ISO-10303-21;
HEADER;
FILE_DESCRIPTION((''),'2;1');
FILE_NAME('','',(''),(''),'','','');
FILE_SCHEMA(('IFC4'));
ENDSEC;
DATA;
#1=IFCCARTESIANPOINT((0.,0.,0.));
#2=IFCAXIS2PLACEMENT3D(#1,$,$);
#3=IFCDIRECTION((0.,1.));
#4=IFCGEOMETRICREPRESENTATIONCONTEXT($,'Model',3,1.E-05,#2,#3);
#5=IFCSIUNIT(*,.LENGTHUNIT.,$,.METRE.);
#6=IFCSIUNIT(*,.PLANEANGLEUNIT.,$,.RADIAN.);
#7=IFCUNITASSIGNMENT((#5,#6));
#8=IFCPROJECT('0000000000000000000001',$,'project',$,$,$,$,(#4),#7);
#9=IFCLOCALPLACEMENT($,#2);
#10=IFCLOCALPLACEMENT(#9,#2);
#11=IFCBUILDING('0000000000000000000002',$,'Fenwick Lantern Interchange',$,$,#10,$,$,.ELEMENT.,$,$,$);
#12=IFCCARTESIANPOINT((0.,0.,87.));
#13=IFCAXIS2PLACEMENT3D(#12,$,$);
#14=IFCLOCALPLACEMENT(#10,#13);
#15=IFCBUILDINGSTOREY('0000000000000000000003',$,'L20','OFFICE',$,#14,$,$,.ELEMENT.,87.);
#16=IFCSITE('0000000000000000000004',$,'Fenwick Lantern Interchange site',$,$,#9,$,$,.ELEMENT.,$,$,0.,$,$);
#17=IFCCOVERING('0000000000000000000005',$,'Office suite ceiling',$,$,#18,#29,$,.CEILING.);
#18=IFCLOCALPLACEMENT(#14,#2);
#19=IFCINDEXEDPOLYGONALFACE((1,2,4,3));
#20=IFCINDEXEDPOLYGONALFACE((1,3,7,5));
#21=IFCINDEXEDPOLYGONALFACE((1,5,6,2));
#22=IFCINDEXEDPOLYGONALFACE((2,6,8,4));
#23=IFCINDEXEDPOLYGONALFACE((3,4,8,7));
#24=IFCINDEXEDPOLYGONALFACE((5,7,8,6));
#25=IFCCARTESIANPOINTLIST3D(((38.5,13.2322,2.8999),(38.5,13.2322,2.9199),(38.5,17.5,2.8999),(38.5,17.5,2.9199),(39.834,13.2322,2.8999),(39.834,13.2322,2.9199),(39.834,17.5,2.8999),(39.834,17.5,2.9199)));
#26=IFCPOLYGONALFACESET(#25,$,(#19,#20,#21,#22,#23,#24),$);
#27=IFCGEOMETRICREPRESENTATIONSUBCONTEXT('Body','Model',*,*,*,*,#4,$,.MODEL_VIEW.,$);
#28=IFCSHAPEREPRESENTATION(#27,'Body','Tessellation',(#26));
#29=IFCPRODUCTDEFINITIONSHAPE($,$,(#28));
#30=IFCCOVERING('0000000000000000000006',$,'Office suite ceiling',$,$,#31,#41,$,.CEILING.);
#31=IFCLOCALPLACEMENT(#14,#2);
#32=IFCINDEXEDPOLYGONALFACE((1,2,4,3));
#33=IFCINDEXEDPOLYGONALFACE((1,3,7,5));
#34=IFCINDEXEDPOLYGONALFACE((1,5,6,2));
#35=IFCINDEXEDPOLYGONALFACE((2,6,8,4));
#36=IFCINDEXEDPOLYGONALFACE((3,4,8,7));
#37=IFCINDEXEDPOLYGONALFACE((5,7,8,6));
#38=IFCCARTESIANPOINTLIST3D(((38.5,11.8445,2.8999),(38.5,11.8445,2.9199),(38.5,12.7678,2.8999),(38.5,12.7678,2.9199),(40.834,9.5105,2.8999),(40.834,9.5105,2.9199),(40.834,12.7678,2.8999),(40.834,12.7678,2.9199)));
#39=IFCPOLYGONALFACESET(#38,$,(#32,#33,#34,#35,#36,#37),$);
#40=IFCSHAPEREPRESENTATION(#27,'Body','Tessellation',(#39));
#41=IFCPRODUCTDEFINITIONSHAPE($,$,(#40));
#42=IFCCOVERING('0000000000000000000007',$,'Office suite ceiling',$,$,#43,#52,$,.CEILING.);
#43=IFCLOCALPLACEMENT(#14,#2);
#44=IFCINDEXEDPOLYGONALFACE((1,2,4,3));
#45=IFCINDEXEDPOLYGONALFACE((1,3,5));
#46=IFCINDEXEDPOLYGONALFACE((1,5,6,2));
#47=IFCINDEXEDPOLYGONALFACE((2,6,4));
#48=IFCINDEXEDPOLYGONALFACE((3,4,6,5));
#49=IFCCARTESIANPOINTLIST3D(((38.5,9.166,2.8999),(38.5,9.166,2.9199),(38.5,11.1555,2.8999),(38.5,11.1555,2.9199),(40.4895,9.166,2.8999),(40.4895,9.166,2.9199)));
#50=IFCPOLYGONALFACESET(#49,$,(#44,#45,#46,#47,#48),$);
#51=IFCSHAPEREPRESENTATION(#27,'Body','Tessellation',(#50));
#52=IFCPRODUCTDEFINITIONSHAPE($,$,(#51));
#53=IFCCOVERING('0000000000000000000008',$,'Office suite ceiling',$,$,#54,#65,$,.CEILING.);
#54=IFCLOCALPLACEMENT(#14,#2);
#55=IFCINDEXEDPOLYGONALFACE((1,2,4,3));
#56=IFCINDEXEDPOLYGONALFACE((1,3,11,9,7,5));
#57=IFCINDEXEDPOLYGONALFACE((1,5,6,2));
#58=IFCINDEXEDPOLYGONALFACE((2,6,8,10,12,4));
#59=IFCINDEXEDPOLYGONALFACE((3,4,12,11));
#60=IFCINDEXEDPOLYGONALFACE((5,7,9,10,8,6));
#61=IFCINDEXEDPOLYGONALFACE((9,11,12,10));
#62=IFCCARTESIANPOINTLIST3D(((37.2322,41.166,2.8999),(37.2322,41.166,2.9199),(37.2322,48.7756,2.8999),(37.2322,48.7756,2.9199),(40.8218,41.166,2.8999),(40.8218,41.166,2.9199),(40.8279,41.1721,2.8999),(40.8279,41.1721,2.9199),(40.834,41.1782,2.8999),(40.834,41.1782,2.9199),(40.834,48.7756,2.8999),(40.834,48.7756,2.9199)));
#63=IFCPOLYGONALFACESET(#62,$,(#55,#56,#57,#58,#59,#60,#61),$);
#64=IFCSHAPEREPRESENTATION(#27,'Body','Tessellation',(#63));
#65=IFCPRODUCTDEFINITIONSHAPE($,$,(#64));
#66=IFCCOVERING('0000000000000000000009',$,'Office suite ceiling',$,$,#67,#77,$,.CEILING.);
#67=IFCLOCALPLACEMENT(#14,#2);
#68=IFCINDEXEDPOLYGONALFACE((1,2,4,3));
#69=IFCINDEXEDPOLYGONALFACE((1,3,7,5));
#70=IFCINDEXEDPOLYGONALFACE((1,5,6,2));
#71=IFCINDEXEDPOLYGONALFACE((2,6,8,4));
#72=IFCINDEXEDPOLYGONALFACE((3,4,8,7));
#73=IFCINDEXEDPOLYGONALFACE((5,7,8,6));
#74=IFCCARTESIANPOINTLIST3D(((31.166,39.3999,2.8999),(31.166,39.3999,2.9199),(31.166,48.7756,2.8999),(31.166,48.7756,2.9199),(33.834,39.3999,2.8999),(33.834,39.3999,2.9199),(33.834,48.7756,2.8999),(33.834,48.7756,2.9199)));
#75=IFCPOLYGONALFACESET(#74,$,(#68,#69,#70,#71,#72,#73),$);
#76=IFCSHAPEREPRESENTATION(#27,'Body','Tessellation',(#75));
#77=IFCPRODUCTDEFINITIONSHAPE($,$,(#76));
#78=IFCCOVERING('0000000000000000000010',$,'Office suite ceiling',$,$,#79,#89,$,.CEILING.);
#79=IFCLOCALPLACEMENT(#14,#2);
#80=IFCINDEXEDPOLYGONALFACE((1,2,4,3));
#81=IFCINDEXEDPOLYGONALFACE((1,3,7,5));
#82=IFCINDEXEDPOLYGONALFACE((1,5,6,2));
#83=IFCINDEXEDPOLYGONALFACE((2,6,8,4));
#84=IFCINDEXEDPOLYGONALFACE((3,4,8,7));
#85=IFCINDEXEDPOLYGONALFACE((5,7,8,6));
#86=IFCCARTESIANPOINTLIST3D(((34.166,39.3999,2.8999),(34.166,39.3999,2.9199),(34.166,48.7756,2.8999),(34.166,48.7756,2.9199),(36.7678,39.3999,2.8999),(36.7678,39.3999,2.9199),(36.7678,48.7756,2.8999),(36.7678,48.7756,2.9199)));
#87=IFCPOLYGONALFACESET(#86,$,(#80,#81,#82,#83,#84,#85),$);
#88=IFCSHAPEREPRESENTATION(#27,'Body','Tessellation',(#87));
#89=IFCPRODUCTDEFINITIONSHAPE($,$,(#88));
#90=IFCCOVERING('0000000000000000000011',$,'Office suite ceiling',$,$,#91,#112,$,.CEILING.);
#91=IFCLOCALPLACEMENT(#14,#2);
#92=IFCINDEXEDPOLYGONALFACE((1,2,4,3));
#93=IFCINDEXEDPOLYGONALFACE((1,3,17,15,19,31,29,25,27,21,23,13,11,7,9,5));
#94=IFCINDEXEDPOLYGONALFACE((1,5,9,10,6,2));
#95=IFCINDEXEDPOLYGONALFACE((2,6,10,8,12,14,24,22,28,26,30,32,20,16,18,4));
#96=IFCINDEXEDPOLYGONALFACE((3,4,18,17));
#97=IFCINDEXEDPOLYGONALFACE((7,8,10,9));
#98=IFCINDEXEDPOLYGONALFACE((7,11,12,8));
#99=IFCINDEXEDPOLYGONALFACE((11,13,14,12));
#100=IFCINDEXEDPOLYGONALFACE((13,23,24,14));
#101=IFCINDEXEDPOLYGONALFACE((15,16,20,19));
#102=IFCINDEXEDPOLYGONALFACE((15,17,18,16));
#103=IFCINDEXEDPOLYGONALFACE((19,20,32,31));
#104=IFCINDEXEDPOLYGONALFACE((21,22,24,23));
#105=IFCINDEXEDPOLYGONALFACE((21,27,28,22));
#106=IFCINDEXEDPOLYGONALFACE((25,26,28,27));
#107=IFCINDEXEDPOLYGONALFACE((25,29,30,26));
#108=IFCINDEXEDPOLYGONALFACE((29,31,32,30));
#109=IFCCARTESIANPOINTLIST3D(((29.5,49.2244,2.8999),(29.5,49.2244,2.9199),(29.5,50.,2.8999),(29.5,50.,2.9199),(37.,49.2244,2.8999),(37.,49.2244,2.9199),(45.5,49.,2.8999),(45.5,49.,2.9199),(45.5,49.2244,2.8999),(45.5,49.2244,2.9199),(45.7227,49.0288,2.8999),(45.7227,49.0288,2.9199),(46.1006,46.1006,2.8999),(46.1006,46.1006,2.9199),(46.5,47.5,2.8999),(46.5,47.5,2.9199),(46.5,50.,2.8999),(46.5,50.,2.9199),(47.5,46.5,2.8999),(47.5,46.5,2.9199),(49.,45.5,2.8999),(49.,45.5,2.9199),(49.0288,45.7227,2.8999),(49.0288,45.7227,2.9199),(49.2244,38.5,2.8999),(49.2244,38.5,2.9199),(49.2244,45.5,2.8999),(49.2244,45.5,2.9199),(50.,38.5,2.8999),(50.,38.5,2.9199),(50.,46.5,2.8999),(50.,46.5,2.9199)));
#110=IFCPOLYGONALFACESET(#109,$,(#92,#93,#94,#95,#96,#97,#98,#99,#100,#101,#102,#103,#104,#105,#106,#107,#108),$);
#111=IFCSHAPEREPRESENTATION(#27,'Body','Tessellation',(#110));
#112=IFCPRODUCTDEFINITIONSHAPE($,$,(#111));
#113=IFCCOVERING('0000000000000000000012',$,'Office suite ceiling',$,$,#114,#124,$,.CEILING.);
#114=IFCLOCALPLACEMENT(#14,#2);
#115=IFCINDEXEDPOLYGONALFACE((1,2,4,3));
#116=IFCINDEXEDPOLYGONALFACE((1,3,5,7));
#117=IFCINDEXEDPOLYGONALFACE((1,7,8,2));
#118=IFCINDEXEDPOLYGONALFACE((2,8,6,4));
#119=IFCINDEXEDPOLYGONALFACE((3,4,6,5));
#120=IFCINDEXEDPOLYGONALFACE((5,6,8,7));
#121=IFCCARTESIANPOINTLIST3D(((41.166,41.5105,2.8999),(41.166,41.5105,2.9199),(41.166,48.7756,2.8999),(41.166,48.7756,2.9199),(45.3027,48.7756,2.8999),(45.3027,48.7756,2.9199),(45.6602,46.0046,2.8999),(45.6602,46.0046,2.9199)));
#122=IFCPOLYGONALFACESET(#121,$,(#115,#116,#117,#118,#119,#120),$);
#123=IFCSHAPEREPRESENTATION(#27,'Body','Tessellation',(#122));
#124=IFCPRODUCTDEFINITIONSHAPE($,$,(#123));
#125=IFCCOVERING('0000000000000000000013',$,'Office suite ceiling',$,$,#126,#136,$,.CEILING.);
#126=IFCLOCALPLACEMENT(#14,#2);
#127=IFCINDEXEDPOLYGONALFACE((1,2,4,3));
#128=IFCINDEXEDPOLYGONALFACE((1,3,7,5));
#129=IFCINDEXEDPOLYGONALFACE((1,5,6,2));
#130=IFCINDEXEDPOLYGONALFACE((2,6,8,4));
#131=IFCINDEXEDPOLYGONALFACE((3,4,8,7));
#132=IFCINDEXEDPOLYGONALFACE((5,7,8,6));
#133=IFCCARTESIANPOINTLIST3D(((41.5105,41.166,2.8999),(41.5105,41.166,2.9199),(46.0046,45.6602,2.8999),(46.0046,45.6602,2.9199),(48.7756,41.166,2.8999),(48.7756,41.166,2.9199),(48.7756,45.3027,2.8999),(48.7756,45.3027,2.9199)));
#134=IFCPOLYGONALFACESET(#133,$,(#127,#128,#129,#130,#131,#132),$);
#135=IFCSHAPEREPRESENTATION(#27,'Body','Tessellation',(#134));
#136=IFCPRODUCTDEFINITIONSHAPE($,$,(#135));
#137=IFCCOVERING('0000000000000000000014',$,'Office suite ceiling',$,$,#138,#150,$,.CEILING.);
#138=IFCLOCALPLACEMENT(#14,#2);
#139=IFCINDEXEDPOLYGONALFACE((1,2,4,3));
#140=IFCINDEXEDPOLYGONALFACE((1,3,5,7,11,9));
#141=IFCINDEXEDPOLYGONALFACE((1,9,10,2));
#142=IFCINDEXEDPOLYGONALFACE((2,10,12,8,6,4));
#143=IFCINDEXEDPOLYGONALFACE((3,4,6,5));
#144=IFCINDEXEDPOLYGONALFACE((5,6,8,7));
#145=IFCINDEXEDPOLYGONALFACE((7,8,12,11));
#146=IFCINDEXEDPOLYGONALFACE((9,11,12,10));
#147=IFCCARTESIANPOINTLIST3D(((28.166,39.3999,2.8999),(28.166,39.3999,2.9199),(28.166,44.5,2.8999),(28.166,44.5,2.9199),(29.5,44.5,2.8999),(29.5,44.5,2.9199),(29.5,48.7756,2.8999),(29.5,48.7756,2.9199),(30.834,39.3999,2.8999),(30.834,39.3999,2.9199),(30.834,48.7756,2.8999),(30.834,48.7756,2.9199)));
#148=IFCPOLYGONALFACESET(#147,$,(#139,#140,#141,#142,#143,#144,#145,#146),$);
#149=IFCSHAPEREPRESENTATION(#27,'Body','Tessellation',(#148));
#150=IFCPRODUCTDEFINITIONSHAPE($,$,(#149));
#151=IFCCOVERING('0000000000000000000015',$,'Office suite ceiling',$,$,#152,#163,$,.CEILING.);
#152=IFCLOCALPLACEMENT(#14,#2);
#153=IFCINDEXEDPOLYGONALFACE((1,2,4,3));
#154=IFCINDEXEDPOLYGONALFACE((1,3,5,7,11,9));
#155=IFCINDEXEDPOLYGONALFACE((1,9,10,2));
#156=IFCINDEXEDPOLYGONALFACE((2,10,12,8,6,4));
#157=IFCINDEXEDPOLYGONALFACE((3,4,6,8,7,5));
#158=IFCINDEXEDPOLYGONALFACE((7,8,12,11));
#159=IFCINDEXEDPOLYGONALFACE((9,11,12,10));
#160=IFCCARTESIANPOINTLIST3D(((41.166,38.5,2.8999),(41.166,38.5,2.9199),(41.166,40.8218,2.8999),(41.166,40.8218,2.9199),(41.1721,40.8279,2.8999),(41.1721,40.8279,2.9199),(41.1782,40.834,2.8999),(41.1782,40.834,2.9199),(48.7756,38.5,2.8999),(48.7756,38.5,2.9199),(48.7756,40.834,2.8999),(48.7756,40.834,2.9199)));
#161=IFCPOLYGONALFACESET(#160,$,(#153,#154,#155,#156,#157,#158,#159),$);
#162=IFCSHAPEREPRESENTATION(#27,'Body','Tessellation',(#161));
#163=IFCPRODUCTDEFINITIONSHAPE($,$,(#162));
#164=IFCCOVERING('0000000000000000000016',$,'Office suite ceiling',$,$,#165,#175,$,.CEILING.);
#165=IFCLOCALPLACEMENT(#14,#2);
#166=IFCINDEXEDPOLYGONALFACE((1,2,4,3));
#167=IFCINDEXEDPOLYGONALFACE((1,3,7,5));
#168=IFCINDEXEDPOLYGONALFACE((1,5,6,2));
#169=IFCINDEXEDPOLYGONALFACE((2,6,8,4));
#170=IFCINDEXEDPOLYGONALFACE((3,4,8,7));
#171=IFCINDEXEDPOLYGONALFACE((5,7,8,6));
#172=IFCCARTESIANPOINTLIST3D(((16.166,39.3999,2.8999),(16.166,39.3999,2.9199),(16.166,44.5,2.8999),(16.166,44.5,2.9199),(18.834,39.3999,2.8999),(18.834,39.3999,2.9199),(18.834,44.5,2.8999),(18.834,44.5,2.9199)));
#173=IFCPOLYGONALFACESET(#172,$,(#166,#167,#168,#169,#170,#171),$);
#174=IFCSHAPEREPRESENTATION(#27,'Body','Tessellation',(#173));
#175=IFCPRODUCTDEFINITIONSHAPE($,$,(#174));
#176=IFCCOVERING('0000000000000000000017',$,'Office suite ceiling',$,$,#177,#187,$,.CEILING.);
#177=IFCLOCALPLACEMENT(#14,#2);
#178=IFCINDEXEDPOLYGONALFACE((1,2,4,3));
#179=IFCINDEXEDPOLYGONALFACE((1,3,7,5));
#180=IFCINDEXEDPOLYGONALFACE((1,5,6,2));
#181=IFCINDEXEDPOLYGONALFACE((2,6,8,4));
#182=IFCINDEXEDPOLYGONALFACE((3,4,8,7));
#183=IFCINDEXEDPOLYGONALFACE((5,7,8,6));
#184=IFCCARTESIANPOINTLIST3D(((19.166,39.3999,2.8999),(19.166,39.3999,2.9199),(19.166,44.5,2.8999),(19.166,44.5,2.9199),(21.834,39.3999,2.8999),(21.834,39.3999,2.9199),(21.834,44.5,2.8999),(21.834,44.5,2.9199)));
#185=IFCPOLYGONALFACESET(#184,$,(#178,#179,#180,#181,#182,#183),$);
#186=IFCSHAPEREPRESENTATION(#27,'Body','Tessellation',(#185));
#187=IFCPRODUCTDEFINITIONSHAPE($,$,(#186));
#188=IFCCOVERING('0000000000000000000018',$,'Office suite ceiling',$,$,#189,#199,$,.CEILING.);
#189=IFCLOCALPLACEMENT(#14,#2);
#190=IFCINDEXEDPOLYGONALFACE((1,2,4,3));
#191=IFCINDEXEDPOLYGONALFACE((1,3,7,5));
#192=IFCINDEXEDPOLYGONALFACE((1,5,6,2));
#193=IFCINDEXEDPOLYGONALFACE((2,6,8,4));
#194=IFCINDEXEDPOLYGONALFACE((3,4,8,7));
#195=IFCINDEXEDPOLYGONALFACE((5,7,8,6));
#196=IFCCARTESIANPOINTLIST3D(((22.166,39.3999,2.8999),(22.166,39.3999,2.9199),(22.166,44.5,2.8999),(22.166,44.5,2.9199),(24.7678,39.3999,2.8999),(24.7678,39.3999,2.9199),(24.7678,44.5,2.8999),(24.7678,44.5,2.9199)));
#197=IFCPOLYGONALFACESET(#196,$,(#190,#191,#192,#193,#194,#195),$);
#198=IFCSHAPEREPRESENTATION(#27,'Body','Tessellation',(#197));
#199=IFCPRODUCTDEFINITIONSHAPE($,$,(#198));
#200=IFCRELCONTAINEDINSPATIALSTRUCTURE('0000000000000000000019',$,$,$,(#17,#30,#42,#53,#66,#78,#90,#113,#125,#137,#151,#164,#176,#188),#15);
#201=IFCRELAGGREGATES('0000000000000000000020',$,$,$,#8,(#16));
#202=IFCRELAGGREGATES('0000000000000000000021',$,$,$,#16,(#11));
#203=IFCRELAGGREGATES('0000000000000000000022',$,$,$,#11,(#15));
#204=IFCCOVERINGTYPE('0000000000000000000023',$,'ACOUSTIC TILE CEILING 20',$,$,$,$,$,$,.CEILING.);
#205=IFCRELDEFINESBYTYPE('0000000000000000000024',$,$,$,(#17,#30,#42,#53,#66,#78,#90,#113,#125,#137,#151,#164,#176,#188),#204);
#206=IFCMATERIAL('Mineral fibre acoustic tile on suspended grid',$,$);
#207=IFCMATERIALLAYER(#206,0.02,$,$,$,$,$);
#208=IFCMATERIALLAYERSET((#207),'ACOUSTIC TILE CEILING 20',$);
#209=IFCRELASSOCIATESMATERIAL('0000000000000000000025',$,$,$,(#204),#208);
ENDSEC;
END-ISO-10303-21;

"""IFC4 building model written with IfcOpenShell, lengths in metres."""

from ifc_helpers import new_model, si_unit, direction, frame, origin, place, context, subcontext, project, spatial, polyline, outline, extrude, material, layer, layer_set, type_object, element, save


model = new_model("IFC4")

# Units and contexts
model_context = context("Model", 3, precision=1e-05, world=origin(), true_north=direction((0.0, 1.0)))
body_context = subcontext(model_context, "Body", "Model", "MODEL_VIEW")
ifc_project = project(units=[si_unit("LENGTHUNIT", "METRE"), si_unit("PLANEANGLEUNIT", "RADIAN")], contexts=[model_context])

# Site, building, storey
site_placement = place(None, origin())
site = spatial("IfcSite", under=ifc_project, at=site_placement, Name="Fenwick Lantern Interchange site", CompositionType="ELEMENT", RefElevation=0.0)
building_placement = place(site_placement, origin())
building = spatial("IfcBuilding", under=site, at=building_placement, Name="Fenwick Lantern Interchange", CompositionType="ELEMENT")
storey_placement = place(building_placement, frame((0.0, 0.0, 87.0)))
storey = spatial("IfcBuildingStorey", under=building, at=storey_placement, Name="L20", Description="OFFICE", CompositionType="ELEMENT", Elevation=87.0)

# Coverings
ifc_material = material(Name="Mineral fibre acoustic tile on suspended grid")
ifc_layer = layer(ifc_material, 0.02)
ifc_layer_set = layer_set([ifc_layer], Name="ACOUSTIC TILE CEILING 20")
covering_type = type_object("IfcCoveringType", Name="ACOUSTIC TILE CEILING 20", PredefinedType="CEILING", material=ifc_layer_set)
covering_1_placement = place(storey_placement, frame((0.0, 0.0, 2.8999)))
element("IfcCovering", 1, at=covering_1_placement, inside=storey, type_object=covering_type, Name="Office suite ceiling", PredefinedType="CEILING", context=body_context, shape_type="SweptSolid", body=[
    extrude(outline(polyline([(38.5, 17.5), (38.5, 13.2322), (39.834, 13.2322), (39.834, 17.5), (38.5, 17.5)])), origin(), (0.0, 0.0, 1.0), 0.02),
])
covering_2_placement = place(storey_placement, frame((0.0, 0.0, 2.8999)))
element("IfcCovering", 2, at=covering_2_placement, inside=storey, type_object=covering_type, Name="Office suite ceiling", PredefinedType="CEILING", context=body_context, shape_type="SweptSolid", body=[
    extrude(outline(polyline([(38.5, 12.7678), (38.5, 11.8445), (40.834, 9.5105), (40.834, 12.7678), (38.5, 12.7678)])), origin(), (0.0, 0.0, 1.0), 0.02),
])
covering_3_placement = place(storey_placement, frame((0.0, 0.0, 2.8999)))
element("IfcCovering", 3, at=covering_3_placement, inside=storey, type_object=covering_type, Name="Office suite ceiling", PredefinedType="CEILING", context=body_context, shape_type="SweptSolid", body=[
    extrude(outline(polyline([(38.5, 11.1555), (38.5, 9.166), (40.4895, 9.166), (38.5, 11.1555)])), origin(), (0.0, 0.0, 1.0), 0.02),
])
covering_4_placement = place(storey_placement, frame((0.0, 0.0, 2.8999)))
element("IfcCovering", 4, at=covering_4_placement, inside=storey, type_object=covering_type, Name="Office suite ceiling", PredefinedType="CEILING", context=body_context, shape_type="SweptSolid", body=[
    extrude(outline(polyline([(37.2322, 48.7756), (37.2322, 41.166), (40.8218, 41.166), (40.8279, 41.1721), (40.834, 41.1782), (40.834, 48.7756), (37.2322, 48.7756)])), origin(), (0.0, 0.0, 1.0), 0.02),
])
covering_5_placement = place(storey_placement, frame((0.0, 0.0, 2.8999)))
element("IfcCovering", 5, at=covering_5_placement, inside=storey, type_object=covering_type, Name="Office suite ceiling", PredefinedType="CEILING", context=body_context, shape_type="SweptSolid", body=[
    extrude(outline(polyline([(31.166, 39.3999), (33.834, 39.3999), (33.834, 48.7756), (31.166, 48.7756), (31.166, 39.3999)])), origin(), (0.0, 0.0, 1.0), 0.02),
])
covering_6_placement = place(storey_placement, frame((0.0, 0.0, 2.8999)))
element("IfcCovering", 6, at=covering_6_placement, inside=storey, type_object=covering_type, Name="Office suite ceiling", PredefinedType="CEILING", context=body_context, shape_type="SweptSolid", body=[
    extrude(outline(polyline([(34.166, 39.3999), (36.7678, 39.3999), (36.7678, 48.7756), (34.166, 48.7756), (34.166, 39.3999)])), origin(), (0.0, 0.0, 1.0), 0.02),
])
covering_7_placement = place(storey_placement, frame((0.0, 0.0, 2.8999)))
element("IfcCovering", 7, at=covering_7_placement, inside=storey, type_object=covering_type, Name="Office suite ceiling", PredefinedType="CEILING", context=body_context, shape_type="SweptSolid", body=[
    extrude(outline(polyline([(46.5, 50.0), (29.5, 50.0), (29.5, 49.2244), (37.0, 49.2244), (45.5, 49.2244), (45.5, 49.0), (45.7227, 49.0288), (46.1006, 46.1006), (49.0288, 45.7227), (49.0, 45.5), (49.2244, 45.5), (49.2244, 38.5), (50.0, 38.5), (50.0, 46.5), (47.5, 46.5), (46.5, 47.5), (46.5, 50.0)])), origin(), (0.0, 0.0, 1.0), 0.02),
])
covering_8_placement = place(storey_placement, frame((0.0, 0.0, 2.8999)))
element("IfcCovering", 8, at=covering_8_placement, inside=storey, type_object=covering_type, Name="Office suite ceiling", PredefinedType="CEILING", context=body_context, shape_type="SweptSolid", body=[
    extrude(outline(polyline([(45.6602, 46.0046), (45.3027, 48.7756), (41.166, 48.7756), (41.166, 41.5105), (45.6602, 46.0046)])), origin(), (0.0, 0.0, 1.0), 0.02),
])
covering_9_placement = place(storey_placement, frame((0.0, 0.0, 2.8999)))
element("IfcCovering", 9, at=covering_9_placement, inside=storey, type_object=covering_type, Name="Office suite ceiling", PredefinedType="CEILING", context=body_context, shape_type="SweptSolid", body=[
    extrude(outline(polyline([(48.7756, 41.166), (48.7756, 45.3027), (46.0046, 45.6602), (41.5105, 41.166), (48.7756, 41.166)])), origin(), (0.0, 0.0, 1.0), 0.02),
])
covering_10_placement = place(storey_placement, frame((0.0, 0.0, 2.8999)))
element("IfcCovering", 10, at=covering_10_placement, inside=storey, type_object=covering_type, Name="Office suite ceiling", PredefinedType="CEILING", context=body_context, shape_type="SweptSolid", body=[
    extrude(outline(polyline([(28.166, 39.3999), (30.834, 39.3999), (30.834, 48.7756), (29.5, 48.7756), (29.5, 44.5), (28.166, 44.5), (28.166, 39.3999)])), origin(), (0.0, 0.0, 1.0), 0.02),
])
covering_11_placement = place(storey_placement, frame((0.0, 0.0, 2.8999)))
element("IfcCovering", 11, at=covering_11_placement, inside=storey, type_object=covering_type, Name="Office suite ceiling", PredefinedType="CEILING", context=body_context, shape_type="SweptSolid", body=[
    extrude(outline(polyline([(41.166, 38.5), (48.7756, 38.5), (48.7756, 40.834), (41.1782, 40.834), (41.1721, 40.8279), (41.166, 40.8218), (41.166, 38.5)])), origin(), (0.0, 0.0, 1.0), 0.02),
])
covering_12_placement = place(storey_placement, frame((0.0, 0.0, 2.8999)))
element("IfcCovering", 12, at=covering_12_placement, inside=storey, type_object=covering_type, Name="Office suite ceiling", PredefinedType="CEILING", context=body_context, shape_type="SweptSolid", body=[
    extrude(outline(polyline([(16.166, 39.3999), (18.834, 39.3999), (18.834, 44.5), (16.166, 44.5), (16.166, 39.3999)])), origin(), (0.0, 0.0, 1.0), 0.02),
])
covering_13_placement = place(storey_placement, frame((0.0, 0.0, 2.8999)))
element("IfcCovering", 13, at=covering_13_placement, inside=storey, type_object=covering_type, Name="Office suite ceiling", PredefinedType="CEILING", context=body_context, shape_type="SweptSolid", body=[
    extrude(outline(polyline([(19.166, 39.3999), (21.834, 39.3999), (21.834, 44.5), (19.166, 44.5), (19.166, 39.3999)])), origin(), (0.0, 0.0, 1.0), 0.02),
])
covering_14_placement = place(storey_placement, frame((0.0, 0.0, 2.8999)))
element("IfcCovering", 14, at=covering_14_placement, inside=storey, type_object=covering_type, Name="Office suite ceiling", PredefinedType="CEILING", context=body_context, shape_type="SweptSolid", body=[
    extrude(outline(polyline([(22.166, 39.3999), (24.7678, 39.3999), (24.7678, 44.5), (22.166, 44.5), (22.166, 39.3999)])), origin(), (0.0, 0.0, 1.0), 0.02),
])

save(model, "model.ifc")
